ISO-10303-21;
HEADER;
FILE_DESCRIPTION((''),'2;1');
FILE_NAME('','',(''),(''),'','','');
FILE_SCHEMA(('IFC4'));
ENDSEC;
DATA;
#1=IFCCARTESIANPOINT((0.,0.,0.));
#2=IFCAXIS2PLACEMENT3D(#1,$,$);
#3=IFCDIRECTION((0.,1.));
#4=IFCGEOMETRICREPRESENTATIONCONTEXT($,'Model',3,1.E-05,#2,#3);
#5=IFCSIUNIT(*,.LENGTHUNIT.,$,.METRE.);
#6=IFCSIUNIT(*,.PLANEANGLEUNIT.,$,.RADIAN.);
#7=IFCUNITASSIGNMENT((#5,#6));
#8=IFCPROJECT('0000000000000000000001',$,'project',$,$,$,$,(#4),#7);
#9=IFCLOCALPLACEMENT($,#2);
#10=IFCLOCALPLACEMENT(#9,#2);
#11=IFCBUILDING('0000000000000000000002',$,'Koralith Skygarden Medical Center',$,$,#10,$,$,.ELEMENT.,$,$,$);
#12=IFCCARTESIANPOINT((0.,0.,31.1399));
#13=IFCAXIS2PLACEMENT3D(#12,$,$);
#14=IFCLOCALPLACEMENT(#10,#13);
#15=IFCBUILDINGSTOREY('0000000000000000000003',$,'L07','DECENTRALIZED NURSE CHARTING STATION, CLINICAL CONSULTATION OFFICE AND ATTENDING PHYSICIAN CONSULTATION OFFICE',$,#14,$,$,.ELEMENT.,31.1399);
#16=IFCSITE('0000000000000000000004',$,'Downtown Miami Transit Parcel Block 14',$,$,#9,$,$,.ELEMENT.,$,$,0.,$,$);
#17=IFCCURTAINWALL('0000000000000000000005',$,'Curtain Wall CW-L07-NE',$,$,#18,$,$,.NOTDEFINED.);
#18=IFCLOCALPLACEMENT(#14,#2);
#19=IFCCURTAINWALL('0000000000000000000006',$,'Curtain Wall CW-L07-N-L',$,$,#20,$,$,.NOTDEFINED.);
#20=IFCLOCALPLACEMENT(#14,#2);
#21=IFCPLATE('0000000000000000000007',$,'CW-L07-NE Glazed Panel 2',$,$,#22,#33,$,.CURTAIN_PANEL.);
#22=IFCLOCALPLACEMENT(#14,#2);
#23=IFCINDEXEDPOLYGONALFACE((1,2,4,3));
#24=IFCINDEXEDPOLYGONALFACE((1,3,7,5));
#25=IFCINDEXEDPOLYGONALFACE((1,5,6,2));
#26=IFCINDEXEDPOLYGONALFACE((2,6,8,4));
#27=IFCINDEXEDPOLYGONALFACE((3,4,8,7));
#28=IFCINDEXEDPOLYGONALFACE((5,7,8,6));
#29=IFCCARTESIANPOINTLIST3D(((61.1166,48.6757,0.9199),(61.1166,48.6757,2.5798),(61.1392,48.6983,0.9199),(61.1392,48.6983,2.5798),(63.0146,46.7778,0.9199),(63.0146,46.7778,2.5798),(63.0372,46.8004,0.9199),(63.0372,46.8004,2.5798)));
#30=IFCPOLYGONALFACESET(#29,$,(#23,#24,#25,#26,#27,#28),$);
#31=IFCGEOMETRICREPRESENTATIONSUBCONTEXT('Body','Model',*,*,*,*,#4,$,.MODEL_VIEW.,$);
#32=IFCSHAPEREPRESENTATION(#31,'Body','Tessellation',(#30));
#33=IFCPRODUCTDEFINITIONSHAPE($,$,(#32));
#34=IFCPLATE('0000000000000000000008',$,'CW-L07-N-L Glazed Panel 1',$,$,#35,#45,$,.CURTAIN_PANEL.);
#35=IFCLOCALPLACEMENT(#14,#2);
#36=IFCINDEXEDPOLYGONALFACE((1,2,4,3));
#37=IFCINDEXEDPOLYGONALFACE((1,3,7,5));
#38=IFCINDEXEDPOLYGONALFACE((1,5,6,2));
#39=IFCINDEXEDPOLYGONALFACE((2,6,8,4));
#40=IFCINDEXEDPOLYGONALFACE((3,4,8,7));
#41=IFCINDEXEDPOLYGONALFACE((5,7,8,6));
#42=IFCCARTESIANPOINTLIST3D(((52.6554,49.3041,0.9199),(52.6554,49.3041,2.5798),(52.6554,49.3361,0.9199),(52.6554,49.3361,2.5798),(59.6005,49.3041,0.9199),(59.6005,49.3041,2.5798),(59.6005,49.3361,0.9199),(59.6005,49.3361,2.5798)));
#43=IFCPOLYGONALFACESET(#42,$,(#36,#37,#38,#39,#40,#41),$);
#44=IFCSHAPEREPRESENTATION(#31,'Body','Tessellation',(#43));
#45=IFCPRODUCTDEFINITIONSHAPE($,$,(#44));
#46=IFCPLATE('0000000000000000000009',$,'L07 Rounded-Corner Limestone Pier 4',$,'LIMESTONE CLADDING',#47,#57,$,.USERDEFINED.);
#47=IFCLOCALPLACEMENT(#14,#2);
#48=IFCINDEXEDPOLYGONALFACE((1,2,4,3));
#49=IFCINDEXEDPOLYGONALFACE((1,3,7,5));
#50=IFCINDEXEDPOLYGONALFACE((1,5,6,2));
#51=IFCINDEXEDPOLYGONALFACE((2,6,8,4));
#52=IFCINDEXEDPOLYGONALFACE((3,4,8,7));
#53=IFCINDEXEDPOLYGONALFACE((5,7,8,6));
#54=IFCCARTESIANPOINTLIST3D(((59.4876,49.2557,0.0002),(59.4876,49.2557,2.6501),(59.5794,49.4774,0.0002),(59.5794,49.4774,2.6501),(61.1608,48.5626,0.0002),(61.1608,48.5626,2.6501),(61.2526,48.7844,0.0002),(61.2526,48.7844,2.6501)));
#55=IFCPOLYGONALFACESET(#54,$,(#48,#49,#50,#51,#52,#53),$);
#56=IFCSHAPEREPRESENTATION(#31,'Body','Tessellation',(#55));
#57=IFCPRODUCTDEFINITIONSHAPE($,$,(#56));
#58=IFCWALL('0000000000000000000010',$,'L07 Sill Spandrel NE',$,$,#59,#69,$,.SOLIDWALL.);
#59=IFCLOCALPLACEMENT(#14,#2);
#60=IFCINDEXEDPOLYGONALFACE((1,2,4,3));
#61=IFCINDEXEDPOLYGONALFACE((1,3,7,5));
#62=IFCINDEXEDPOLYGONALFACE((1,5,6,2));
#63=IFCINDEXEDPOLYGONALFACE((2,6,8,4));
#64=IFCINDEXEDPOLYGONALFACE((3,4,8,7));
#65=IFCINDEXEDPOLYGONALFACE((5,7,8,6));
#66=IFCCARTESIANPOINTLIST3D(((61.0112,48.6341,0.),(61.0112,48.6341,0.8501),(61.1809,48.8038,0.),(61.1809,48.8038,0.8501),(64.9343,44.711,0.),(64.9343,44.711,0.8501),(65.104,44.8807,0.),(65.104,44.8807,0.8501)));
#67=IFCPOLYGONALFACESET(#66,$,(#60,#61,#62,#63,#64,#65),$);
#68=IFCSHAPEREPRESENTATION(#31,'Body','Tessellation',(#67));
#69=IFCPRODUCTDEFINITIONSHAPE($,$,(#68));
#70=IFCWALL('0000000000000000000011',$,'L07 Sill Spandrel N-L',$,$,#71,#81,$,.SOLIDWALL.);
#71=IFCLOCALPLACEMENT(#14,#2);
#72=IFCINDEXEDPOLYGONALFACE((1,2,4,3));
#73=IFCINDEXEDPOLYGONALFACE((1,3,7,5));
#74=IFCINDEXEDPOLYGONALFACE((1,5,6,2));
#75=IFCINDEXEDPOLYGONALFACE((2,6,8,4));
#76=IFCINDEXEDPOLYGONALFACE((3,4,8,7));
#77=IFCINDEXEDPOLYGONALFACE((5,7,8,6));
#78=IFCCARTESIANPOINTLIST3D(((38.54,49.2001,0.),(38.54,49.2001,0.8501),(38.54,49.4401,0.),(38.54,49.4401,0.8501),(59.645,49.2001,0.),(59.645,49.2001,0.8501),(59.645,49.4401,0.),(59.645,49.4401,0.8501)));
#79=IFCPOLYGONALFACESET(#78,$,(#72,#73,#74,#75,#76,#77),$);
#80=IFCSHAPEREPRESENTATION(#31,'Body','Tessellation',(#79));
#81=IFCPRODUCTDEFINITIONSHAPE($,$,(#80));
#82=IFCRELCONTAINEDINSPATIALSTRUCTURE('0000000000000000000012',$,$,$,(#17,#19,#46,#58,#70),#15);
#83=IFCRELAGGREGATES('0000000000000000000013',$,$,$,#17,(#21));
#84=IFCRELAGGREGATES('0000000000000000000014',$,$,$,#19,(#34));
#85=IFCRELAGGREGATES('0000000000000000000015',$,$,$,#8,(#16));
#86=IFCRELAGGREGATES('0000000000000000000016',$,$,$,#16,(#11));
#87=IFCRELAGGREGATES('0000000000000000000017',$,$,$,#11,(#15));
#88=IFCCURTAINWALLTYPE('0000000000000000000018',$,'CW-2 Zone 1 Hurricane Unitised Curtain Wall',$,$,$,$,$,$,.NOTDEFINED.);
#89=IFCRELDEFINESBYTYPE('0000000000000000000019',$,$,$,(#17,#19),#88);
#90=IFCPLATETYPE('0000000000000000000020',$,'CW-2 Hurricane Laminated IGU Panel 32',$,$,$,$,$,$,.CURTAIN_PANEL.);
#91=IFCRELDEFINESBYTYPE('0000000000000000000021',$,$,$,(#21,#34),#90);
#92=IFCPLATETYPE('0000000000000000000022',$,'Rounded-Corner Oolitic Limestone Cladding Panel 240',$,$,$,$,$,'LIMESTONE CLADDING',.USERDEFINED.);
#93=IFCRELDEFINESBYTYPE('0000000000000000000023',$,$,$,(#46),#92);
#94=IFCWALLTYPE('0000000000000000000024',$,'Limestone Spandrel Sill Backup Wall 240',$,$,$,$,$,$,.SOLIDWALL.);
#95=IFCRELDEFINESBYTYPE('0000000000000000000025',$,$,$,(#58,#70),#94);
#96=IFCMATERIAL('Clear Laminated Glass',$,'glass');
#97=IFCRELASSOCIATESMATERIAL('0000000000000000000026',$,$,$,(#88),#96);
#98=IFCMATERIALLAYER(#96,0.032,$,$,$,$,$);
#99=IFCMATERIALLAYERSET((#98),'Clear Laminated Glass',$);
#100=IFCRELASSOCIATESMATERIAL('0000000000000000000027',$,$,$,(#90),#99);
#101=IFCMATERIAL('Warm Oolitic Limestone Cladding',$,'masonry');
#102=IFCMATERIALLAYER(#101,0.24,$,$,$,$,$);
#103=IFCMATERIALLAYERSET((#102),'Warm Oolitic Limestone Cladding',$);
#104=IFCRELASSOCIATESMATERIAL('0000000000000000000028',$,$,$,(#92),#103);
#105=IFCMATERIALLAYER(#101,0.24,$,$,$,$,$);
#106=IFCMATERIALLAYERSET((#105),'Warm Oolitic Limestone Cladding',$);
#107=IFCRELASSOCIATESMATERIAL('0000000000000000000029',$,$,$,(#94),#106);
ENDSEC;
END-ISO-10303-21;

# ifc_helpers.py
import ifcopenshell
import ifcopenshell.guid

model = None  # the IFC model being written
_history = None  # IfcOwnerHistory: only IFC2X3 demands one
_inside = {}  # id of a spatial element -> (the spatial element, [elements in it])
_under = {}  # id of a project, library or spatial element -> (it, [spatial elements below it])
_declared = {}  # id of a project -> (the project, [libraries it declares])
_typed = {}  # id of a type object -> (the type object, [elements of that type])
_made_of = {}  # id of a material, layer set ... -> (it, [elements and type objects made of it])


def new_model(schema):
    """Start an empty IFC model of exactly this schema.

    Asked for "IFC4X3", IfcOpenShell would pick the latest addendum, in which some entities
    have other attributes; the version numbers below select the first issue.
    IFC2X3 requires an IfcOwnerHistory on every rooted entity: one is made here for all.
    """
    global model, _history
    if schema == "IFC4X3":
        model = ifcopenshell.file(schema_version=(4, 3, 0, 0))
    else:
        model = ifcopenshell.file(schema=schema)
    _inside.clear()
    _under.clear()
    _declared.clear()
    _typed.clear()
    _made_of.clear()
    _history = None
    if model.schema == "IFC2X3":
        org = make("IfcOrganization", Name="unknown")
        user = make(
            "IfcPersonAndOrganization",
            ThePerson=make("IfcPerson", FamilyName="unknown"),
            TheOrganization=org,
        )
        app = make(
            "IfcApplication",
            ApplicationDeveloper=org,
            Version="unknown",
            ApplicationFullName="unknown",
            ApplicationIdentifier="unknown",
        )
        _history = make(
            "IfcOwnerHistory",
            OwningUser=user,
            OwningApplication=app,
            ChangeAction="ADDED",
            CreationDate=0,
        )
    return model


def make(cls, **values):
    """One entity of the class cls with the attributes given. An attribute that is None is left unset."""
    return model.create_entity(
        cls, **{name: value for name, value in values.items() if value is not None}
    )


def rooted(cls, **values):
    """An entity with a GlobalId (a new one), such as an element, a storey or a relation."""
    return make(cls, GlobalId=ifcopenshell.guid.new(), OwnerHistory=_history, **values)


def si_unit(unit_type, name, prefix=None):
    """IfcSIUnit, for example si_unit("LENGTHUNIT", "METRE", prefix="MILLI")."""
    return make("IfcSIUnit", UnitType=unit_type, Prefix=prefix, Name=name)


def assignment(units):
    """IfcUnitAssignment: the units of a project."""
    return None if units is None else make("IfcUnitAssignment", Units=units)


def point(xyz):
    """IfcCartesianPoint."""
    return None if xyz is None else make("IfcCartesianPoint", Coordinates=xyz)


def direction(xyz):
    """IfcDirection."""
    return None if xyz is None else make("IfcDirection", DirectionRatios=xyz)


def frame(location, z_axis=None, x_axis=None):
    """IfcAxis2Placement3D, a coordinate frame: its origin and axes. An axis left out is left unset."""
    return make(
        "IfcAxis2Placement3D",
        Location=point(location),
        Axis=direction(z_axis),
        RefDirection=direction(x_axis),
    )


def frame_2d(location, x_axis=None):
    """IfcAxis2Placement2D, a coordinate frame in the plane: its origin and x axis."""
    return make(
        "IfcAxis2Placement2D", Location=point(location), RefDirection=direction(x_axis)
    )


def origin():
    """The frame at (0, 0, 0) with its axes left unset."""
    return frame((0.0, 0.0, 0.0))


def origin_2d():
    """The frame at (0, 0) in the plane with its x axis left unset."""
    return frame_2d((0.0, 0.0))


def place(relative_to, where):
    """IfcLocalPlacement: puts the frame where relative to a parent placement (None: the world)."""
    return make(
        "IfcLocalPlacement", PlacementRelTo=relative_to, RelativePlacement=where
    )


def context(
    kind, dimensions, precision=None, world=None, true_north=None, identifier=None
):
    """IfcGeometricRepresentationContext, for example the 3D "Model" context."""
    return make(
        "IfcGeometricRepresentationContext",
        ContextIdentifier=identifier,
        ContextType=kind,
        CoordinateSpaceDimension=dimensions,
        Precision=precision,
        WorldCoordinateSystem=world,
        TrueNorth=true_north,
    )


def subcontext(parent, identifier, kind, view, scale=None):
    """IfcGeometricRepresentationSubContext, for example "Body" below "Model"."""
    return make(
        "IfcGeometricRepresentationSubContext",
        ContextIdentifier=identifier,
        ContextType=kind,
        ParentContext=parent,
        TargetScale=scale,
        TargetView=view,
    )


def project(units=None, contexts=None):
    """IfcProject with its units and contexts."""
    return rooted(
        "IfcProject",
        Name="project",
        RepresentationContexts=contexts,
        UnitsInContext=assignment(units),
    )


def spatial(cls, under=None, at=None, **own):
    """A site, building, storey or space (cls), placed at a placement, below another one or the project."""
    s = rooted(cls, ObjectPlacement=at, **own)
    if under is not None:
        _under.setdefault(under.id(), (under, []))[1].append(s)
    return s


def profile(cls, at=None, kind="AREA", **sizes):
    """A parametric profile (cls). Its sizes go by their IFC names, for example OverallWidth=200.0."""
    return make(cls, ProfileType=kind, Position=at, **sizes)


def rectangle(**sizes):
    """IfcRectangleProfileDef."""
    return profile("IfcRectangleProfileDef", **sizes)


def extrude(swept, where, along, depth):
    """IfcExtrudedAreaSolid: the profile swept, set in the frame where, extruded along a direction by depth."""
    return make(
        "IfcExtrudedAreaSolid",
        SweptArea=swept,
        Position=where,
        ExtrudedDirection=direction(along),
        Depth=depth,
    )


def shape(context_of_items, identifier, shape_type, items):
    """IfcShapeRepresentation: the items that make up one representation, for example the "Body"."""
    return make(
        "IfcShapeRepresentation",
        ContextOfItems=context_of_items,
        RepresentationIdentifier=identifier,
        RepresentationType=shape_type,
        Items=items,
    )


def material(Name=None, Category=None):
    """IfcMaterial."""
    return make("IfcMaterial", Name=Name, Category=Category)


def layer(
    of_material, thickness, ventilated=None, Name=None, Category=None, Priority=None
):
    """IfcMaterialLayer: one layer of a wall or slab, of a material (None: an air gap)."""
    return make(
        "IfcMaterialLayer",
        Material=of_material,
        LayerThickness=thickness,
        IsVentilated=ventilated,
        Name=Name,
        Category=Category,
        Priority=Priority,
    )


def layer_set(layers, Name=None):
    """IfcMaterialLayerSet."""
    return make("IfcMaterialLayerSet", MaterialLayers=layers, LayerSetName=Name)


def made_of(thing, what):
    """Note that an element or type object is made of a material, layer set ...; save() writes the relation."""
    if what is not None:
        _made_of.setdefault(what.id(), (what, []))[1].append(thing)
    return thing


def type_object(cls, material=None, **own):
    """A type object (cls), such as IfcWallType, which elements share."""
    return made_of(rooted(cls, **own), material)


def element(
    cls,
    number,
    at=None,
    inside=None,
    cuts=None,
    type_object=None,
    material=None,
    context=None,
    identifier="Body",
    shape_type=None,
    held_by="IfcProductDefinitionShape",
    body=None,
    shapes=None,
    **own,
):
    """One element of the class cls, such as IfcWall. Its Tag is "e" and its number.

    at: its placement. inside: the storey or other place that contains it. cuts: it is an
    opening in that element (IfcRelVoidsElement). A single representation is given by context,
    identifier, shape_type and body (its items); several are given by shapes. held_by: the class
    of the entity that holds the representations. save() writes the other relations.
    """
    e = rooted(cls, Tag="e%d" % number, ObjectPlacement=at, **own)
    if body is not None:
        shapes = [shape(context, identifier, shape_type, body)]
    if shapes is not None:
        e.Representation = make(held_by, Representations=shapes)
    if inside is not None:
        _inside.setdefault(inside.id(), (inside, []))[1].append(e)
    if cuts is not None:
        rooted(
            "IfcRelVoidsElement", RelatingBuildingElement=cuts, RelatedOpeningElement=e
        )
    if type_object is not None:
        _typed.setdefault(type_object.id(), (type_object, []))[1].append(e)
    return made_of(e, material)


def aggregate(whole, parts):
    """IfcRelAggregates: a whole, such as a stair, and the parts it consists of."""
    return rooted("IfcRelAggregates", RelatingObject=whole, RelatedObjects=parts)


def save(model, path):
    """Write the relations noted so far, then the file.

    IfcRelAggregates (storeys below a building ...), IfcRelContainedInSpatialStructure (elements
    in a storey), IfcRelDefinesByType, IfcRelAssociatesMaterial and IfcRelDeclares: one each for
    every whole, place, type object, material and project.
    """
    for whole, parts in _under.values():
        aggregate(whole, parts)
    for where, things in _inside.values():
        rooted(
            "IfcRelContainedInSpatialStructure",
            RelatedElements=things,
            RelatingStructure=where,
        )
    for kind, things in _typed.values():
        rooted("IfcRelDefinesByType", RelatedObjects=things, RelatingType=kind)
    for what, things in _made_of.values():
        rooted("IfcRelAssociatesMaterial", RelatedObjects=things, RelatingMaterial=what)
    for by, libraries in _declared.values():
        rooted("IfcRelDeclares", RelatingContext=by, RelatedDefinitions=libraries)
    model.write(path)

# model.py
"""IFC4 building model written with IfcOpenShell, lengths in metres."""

from ifc_helpers import new_model, si_unit, direction, frame, frame_2d, origin, origin_2d, place, context, subcontext, project, spatial, rectangle, extrude, material, layer, layer_set, type_object, element, aggregate, save


model = new_model("IFC4")

# Units and contexts
model_context = context("Model", 3, precision=1e-05, world=origin(), true_north=direction((0.0, 1.0)))
body_context = subcontext(model_context, "Body", "Model", "MODEL_VIEW")
ifc_project = project(units=[si_unit("LENGTHUNIT", "METRE"), si_unit("PLANEANGLEUNIT", "RADIAN")], contexts=[model_context])

# Site, building, storey
site_placement = place(None, origin())
site = spatial("IfcSite", under=ifc_project, at=site_placement, Name="Downtown Miami Transit Parcel Block 14", CompositionType="ELEMENT", RefElevation=0.0)
building_placement = place(site_placement, origin())
building = spatial("IfcBuilding", under=site, at=building_placement, Name="Koralith Skygarden Medical Center", CompositionType="ELEMENT")
storey_placement = place(building_placement, frame((0.0, 0.0, 31.1399)))
storey = spatial("IfcBuildingStorey", under=building, at=storey_placement, Name="L07", Description="DECENTRALIZED NURSE CHARTING STATION, CLINICAL CONSULTATION OFFICE AND ATTENDING PHYSICIAN CONSULTATION OFFICE", CompositionType="ELEMENT", Elevation=31.1399)

# Curtain walls
ifc_material_1 = material(Name="Clear Laminated Glass", Category="glass")
curtain_wall_type = type_object("IfcCurtainWallType", Name="CW-2 Zone 1 Hurricane Unitised Curtain Wall", PredefinedType="NOTDEFINED", material=ifc_material_1)
curtain_wall_1_placement = place(storey_placement, origin())
curtain_wall_1 = element("IfcCurtainWall", 1, at=curtain_wall_1_placement, inside=storey, type_object=curtain_wall_type, Name="Curtain Wall CW-L07-NE", PredefinedType="NOTDEFINED")
curtain_wall_2_placement = place(storey_placement, origin())
curtain_wall_2 = element("IfcCurtainWall", 2, at=curtain_wall_2_placement, inside=storey, type_object=curtain_wall_type, Name="Curtain Wall CW-L07-N-L", PredefinedType="NOTDEFINED")

# Plates
ifc_layer_1 = layer(ifc_material_1, 0.032)
ifc_layer_set_1 = layer_set([ifc_layer_1], Name="Clear Laminated Glass")
plate_type_1 = type_object("IfcPlateType", Name="CW-2 Hurricane Laminated IGU Panel 32", PredefinedType="CURTAIN_PANEL", material=ifc_layer_set_1)
plate_1_placement = place(storey_placement, frame((62.0769, 47.738, 0.9199), z_axis=(0.0, 0.0, 1.0), x_axis=(-0.707107, 0.707107, 0.0)))
plate_1 = element("IfcPlate", 3, at=plate_1_placement, type_object=plate_type_1, Name="CW-L07-NE Glazed Panel 2", PredefinedType="CURTAIN_PANEL", context=body_context, shape_type="SweptSolid", body=[
    extrude(rectangle(XDim=2.6841, YDim=0.032, at=origin_2d()), origin(), (0.0, 0.0, 1.0), 1.6599),
])
aggregate(curtain_wall_1, [plate_1])
plate_2_placement = place(storey_placement, frame((56.1279, 49.3201, 0.9199), z_axis=(0.0, 0.0, 1.0), x_axis=(-1.0, 0.0, 0.0)))
plate_2 = element("IfcPlate", 4, at=plate_2_placement, type_object=plate_type_1, Name="CW-L07-N-L Glazed Panel 1", PredefinedType="CURTAIN_PANEL", context=body_context, shape_type="SweptSolid", body=[
    extrude(rectangle(XDim=6.9451, YDim=0.032, at=origin_2d()), origin(), (0.0, 0.0, 1.0), 1.6599),
])
aggregate(curtain_wall_2, [plate_2])
ifc_material_2 = material(Name="Warm Oolitic Limestone Cladding", Category="masonry")
ifc_layer_2 = layer(ifc_material_2, 0.24)
ifc_layer_set_2 = layer_set([ifc_layer_2], Name="Warm Oolitic Limestone Cladding")
plate_type_2 = type_object("IfcPlateType", Name="Rounded-Corner Oolitic Limestone Cladding Panel 240", ElementType="LIMESTONE CLADDING", PredefinedType="USERDEFINED", material=ifc_layer_set_2)
plate_3_placement = place(storey_placement, frame((60.3701, 49.02, 0.0002), z_axis=(0.0, 0.0, 1.0), x_axis=(-0.923885, 0.382671, 0.0)))
element("IfcPlate", 5, at=plate_3_placement, inside=storey, type_object=plate_type_2, Name="L07 Rounded-Corner Limestone Pier 4", ObjectType="LIMESTONE CLADDING", PredefinedType="USERDEFINED", context=body_context, shape_type="SweptSolid", body=[
    extrude(rectangle(XDim=1.811, YDim=0.24, at=origin_2d()), origin(), (0.0, 0.0, 1.0), 2.6499),
])

# Walls
ifc_layer_3 = layer(ifc_material_2, 0.24)
ifc_layer_set_3 = layer_set([ifc_layer_3], Name="Warm Oolitic Limestone Cladding")
wall_type = type_object("IfcWallType", Name="Limestone Spandrel Sill Backup Wall 240", PredefinedType="SOLIDWALL", material=ifc_layer_set_3)
wall_1_placement = place(storey_placement, frame((65.019, 44.7959, 0.0), z_axis=(0.0, 0.0, 1.0), x_axis=(-0.707107, 0.707107, 0.0)))
element("IfcWall", 6, at=wall_1_placement, inside=storey, type_object=wall_type, Name="L07 Sill Spandrel NE", PredefinedType="SOLIDWALL", context=body_context, shape_type="SweptSolid", body=[
    extrude(rectangle(XDim=5.5481, YDim=0.24, at=frame_2d((2.7739, 0.0))), origin(), (0.0, 0.0, 1.0), 0.8501),
])
wall_2_placement = place(storey_placement, frame((59.645, 49.3201, 0.0), z_axis=(0.0, 0.0, 1.0), x_axis=(-1.0, 0.0, 0.0)))
element("IfcWall", 7, at=wall_2_placement, inside=storey, type_object=wall_type, Name="L07 Sill Spandrel N-L", PredefinedType="SOLIDWALL", context=body_context, shape_type="SweptSolid", body=[
    extrude(rectangle(XDim=21.105, YDim=0.24, at=frame_2d((10.5525, 0.0))), origin(), (0.0, 0.0, 1.0), 0.8501),
])

save(model, "model.ifc")
